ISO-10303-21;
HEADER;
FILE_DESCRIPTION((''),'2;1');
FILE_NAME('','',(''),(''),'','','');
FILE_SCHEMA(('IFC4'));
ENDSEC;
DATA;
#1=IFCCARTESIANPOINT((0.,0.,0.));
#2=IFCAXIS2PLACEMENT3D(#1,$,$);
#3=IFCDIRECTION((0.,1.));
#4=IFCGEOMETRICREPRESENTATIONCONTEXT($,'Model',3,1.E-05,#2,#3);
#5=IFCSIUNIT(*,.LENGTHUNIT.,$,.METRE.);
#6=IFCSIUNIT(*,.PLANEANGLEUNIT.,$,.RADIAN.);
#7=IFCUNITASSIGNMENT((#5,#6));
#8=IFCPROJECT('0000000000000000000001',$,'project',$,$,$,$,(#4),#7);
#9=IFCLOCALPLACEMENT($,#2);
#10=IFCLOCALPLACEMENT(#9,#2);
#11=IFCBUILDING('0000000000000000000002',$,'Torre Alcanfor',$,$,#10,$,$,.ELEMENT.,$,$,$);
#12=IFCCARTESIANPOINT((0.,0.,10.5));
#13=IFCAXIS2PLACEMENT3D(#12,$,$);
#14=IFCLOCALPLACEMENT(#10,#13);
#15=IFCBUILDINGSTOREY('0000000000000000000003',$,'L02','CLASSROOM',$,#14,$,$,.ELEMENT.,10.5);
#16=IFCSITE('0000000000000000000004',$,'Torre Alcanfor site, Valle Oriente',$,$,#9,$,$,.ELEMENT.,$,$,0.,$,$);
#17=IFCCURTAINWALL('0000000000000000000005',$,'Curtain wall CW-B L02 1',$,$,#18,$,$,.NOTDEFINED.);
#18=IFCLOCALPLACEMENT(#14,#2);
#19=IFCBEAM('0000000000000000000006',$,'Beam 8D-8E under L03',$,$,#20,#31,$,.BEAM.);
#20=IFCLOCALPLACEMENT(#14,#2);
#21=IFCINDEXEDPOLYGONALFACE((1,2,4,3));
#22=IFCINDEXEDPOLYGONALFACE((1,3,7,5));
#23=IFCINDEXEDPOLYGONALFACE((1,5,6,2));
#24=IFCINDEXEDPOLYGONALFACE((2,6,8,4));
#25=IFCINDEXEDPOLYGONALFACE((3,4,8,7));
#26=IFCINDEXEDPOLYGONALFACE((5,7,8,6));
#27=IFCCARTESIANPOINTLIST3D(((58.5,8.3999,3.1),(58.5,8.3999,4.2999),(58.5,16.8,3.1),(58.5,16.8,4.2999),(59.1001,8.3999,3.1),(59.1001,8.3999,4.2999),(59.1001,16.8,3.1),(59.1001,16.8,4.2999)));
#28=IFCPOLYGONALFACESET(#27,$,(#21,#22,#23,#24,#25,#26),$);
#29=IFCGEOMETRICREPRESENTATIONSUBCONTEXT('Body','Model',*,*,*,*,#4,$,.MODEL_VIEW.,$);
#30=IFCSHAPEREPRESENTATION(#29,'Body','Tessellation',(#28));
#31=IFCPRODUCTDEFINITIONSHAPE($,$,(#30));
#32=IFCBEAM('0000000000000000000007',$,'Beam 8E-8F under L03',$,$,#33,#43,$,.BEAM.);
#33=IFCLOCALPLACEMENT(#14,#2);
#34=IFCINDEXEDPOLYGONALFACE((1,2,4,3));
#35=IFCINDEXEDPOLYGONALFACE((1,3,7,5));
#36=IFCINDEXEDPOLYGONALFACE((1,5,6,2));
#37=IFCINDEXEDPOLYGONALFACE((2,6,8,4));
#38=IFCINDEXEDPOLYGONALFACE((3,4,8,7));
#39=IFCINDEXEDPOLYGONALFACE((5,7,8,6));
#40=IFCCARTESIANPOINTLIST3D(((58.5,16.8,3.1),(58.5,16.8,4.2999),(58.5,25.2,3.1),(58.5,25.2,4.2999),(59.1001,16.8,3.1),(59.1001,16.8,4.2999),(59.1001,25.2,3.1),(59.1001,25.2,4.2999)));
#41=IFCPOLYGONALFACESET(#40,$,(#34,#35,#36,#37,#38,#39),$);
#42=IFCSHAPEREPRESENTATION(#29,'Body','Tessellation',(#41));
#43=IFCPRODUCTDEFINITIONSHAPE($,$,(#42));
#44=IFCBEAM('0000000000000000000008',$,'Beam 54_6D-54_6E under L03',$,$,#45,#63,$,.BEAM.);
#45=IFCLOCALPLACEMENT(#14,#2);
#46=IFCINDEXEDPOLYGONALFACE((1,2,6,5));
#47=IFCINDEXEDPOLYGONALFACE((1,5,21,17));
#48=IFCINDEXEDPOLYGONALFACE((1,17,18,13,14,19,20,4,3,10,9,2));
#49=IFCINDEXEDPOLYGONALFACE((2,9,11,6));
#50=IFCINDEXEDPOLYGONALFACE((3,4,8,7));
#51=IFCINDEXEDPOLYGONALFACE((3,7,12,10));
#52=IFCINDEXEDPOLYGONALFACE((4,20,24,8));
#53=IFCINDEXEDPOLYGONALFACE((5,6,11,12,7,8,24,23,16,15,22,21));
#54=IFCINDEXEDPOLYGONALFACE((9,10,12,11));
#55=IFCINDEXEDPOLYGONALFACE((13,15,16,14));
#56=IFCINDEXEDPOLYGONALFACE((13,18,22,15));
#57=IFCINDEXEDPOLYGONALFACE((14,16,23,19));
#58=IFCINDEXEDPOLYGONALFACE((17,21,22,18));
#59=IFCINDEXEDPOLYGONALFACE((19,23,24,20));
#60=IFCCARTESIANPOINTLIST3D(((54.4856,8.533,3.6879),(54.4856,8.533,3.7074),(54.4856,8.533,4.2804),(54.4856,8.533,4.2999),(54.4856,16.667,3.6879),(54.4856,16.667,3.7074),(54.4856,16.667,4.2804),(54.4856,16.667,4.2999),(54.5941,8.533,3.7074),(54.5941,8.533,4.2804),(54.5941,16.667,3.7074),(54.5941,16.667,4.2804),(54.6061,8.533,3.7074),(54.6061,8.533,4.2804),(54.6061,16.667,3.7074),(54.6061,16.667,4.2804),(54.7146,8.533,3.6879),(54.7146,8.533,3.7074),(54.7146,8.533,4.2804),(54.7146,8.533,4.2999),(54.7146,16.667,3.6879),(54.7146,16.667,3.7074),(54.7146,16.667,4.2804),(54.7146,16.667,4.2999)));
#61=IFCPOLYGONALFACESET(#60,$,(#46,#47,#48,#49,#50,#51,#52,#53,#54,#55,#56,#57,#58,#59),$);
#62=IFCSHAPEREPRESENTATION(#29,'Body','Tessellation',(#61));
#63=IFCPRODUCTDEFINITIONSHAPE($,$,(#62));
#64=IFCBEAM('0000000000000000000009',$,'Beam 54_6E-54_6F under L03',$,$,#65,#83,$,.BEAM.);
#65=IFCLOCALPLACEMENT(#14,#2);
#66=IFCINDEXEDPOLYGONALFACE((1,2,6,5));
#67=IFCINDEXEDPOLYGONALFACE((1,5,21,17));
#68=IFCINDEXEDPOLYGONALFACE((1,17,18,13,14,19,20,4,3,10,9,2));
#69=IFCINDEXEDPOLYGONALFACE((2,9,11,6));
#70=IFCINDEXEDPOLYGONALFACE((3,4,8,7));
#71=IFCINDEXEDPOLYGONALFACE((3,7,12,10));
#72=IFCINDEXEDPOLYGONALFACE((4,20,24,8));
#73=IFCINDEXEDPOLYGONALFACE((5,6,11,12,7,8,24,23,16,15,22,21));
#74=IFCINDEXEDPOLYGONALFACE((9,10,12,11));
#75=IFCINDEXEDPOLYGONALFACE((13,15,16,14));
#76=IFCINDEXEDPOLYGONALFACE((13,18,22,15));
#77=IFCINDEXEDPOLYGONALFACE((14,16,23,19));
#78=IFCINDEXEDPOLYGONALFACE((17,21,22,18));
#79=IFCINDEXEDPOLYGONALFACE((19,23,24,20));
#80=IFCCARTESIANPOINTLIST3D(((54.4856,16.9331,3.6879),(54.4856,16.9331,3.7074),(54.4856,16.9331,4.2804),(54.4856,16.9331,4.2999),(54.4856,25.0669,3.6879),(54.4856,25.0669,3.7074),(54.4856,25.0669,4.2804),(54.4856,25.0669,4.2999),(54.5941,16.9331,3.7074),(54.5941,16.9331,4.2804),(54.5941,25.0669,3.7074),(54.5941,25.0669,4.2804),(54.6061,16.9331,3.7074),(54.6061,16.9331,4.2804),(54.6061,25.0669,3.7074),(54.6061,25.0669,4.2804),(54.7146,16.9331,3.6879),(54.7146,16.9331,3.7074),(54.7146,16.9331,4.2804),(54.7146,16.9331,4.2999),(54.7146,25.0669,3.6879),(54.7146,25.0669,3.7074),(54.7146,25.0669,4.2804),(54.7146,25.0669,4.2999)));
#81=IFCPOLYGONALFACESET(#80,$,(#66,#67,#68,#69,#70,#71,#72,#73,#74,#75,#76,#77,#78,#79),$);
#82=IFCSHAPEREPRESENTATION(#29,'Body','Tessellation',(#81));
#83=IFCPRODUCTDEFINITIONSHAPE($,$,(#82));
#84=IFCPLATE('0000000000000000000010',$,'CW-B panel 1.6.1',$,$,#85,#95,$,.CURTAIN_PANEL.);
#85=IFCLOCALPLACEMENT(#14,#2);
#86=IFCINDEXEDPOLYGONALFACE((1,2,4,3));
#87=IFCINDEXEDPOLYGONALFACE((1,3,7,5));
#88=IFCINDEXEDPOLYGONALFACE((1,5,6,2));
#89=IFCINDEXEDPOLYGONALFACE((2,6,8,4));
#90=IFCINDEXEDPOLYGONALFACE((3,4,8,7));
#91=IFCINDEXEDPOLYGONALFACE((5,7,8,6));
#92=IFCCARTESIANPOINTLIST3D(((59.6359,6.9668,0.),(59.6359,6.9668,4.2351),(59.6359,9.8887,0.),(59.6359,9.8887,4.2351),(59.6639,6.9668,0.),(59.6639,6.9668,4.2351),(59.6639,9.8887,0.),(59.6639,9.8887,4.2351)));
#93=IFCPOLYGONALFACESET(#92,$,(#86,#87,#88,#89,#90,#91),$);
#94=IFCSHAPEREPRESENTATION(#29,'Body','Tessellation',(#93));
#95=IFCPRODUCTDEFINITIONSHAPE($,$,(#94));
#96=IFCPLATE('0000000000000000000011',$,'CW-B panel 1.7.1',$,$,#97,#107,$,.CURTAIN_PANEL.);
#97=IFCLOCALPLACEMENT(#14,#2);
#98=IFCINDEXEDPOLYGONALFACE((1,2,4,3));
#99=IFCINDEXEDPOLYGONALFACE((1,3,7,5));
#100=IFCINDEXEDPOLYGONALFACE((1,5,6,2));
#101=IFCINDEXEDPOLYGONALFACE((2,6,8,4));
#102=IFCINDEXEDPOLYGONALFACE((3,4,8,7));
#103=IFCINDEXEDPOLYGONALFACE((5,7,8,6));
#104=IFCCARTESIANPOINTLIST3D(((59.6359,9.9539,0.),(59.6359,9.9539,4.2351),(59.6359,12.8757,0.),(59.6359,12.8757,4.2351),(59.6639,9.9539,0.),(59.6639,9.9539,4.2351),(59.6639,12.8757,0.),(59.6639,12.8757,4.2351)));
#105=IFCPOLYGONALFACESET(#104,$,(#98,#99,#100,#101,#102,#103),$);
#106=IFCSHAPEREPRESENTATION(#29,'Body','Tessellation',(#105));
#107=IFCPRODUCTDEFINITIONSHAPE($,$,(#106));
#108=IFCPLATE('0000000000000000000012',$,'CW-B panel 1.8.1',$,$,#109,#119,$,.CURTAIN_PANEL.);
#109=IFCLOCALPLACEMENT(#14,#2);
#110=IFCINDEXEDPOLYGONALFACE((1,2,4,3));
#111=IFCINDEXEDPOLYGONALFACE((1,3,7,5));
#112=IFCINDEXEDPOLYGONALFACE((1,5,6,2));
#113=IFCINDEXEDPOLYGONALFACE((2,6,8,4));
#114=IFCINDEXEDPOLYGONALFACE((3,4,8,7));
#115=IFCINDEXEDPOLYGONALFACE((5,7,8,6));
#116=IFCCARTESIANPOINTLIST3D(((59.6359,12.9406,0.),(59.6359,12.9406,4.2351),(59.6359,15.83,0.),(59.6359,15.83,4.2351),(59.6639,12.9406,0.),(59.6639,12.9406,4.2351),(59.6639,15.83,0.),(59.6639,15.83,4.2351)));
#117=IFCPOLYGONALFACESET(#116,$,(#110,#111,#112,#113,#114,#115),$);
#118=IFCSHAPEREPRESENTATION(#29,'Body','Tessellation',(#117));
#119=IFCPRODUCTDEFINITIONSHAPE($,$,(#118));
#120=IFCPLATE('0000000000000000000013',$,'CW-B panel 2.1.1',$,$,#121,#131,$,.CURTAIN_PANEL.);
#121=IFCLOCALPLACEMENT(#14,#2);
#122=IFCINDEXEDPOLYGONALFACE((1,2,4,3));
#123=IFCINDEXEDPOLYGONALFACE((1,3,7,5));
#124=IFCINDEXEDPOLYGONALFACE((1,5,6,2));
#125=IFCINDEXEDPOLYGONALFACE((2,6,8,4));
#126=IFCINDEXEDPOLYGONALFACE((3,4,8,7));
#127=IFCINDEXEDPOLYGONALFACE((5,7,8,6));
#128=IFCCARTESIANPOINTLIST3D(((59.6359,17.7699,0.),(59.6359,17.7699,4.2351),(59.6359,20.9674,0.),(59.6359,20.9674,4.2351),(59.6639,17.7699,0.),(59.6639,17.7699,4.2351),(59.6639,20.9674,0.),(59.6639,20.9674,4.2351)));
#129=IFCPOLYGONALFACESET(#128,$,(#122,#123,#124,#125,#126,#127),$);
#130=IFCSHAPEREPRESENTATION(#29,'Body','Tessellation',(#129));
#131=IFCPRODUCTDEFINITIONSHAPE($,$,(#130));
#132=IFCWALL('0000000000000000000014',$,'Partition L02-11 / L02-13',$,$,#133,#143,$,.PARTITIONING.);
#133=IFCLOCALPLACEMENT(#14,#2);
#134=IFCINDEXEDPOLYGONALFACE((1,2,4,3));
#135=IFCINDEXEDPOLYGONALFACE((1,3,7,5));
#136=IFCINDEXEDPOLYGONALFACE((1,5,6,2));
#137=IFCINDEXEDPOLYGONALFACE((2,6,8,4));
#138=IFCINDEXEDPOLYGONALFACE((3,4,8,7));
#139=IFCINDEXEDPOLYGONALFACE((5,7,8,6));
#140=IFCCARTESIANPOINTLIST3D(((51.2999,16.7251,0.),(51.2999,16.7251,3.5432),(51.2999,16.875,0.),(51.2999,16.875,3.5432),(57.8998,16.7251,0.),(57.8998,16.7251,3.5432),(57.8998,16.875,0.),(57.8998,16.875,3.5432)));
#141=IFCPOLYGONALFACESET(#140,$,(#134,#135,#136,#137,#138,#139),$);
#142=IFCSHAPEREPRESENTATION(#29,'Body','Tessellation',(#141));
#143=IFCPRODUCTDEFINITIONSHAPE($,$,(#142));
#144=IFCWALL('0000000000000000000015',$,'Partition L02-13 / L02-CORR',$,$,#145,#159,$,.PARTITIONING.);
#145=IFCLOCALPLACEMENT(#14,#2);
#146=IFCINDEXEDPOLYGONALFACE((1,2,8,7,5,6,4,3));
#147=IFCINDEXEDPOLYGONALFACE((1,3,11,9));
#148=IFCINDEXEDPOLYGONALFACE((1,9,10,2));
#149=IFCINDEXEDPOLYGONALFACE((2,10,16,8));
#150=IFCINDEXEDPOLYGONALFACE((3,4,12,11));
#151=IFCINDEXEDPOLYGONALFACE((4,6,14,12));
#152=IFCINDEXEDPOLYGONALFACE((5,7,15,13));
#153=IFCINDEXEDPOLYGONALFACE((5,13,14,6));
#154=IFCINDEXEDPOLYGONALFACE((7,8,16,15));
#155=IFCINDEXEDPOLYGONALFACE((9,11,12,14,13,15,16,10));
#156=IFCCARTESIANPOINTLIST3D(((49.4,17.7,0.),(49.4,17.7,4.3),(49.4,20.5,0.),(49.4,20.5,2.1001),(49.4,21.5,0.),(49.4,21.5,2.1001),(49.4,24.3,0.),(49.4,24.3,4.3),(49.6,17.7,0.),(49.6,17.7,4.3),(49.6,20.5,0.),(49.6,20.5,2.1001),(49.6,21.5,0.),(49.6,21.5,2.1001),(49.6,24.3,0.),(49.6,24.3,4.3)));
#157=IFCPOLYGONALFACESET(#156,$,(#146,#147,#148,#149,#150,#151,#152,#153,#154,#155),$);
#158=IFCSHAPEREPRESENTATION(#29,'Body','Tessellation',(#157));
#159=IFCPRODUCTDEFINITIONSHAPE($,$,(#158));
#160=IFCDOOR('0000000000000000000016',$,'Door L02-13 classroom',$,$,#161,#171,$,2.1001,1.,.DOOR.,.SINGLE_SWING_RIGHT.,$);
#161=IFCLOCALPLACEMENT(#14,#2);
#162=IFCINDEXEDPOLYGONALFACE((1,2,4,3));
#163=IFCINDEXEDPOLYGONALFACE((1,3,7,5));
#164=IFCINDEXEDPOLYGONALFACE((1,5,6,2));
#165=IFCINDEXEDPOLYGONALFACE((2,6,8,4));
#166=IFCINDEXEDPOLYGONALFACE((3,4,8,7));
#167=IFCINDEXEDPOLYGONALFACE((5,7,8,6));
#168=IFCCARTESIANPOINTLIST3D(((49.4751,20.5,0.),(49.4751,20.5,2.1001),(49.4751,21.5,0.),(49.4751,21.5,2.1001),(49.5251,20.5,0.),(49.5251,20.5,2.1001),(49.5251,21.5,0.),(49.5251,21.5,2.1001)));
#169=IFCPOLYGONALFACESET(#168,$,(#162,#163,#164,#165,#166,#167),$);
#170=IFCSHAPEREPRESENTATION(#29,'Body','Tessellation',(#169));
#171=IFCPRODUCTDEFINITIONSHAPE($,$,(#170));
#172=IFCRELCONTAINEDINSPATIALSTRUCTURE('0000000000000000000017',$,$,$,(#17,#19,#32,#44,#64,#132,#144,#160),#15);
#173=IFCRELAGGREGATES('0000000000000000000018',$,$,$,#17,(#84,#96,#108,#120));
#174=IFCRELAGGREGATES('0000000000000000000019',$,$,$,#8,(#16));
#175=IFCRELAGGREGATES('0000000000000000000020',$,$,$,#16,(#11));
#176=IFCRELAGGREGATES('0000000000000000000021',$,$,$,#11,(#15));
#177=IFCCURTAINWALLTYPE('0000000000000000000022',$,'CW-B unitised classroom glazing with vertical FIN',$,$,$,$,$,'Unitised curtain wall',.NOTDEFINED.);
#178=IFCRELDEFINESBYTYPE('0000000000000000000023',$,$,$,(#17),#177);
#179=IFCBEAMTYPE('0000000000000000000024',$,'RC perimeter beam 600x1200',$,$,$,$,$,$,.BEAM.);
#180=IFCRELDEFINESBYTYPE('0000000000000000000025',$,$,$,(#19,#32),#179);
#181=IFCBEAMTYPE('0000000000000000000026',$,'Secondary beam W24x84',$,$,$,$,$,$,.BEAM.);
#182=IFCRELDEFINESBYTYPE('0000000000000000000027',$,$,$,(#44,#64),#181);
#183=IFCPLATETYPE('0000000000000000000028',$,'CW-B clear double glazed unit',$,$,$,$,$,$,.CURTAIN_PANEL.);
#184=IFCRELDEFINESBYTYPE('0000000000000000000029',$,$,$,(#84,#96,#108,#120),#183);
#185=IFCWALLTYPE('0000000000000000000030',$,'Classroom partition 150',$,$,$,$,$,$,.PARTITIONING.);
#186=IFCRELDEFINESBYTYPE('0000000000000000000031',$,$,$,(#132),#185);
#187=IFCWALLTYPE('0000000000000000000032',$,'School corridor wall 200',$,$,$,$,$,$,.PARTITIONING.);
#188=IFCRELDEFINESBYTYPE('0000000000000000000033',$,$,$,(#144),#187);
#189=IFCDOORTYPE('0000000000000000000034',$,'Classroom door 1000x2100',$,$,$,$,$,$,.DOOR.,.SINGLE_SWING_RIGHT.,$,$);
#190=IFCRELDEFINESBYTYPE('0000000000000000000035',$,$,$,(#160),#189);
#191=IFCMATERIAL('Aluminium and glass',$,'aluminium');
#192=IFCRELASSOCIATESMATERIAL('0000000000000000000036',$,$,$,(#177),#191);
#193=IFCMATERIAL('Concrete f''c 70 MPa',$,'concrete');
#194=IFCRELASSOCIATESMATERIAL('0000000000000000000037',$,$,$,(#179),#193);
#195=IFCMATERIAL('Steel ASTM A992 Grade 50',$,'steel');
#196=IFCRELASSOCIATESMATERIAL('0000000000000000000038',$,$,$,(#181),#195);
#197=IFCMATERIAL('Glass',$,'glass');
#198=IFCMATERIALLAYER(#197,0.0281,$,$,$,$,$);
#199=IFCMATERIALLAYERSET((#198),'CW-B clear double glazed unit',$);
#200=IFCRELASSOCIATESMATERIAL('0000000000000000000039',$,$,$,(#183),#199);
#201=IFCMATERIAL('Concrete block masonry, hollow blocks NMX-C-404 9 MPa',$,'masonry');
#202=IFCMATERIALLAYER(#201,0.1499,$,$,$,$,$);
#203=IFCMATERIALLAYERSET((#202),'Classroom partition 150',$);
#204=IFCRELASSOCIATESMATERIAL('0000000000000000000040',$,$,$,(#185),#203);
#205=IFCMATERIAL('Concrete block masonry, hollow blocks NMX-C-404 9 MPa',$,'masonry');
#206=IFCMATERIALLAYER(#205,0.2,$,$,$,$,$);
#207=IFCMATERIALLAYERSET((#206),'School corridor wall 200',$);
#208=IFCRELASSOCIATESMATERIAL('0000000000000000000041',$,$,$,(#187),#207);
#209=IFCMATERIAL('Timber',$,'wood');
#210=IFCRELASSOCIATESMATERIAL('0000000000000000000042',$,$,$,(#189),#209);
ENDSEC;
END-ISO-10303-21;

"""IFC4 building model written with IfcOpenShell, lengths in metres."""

from ifc_helpers import new_model, si_unit, direction, frame, frame_2d, origin, origin_2d, place, context, subcontext, project, spatial, rectangle, i_section, extrude, material, layer, layer_set, material_profile, profile_set, type_object, element, fill, aggregate, save


model = new_model("IFC4")

# Units and contexts
model_context = context("Model", 3, precision=1e-05, world=origin(), true_north=direction((0.0, 1.0)))
body_context = subcontext(model_context, "Body", "Model", "MODEL_VIEW")
ifc_project = project(units=[si_unit("LENGTHUNIT", "METRE"), si_unit("PLANEANGLEUNIT", "RADIAN")], contexts=[model_context])

# Site, building, storey
site_placement = place(None, origin())
site = spatial("IfcSite", under=ifc_project, at=site_placement, Name="Torre Alcanfor site, Valle Oriente", CompositionType="ELEMENT", RefElevation=0.0)
building_placement = place(site_placement, origin())
building = spatial("IfcBuilding", under=site, at=building_placement, Name="Torre Alcanfor", CompositionType="ELEMENT")
storey_placement = place(building_placement, frame((0.0, 0.0, 10.5)))
storey = spatial("IfcBuildingStorey", under=building, at=storey_placement, Name="L02", Description="CLASSROOM", CompositionType="ELEMENT", Elevation=10.5)

# Curtain wall
ifc_material_1 = material(Name="Aluminium and glass", Category="aluminium")
curtain_wall_type = type_object("IfcCurtainWallType", Name="CW-B unitised classroom glazing with vertical FIN", ElementType="Unitised curtain wall", PredefinedType="NOTDEFINED", material=ifc_material_1)
curtain_wall_placement = place(storey_placement, origin())
curtain_wall = element("IfcCurtainWall", 1, at=curtain_wall_placement, inside=storey, type_object=curtain_wall_type, Name="Curtain wall CW-B L02 1", PredefinedType="NOTDEFINED")

# Beams
ifc_material_2 = material(Name="Concrete f'c 70 MPa", Category="concrete")
ifc_material_profile_1 = material_profile(ifc_material_2, rectangle(XDim=0.6001, YDim=1.2, at=origin_2d()), Name="600x1200")
ifc_profile_set_1 = profile_set([ifc_material_profile_1], Name="Concrete f'c 70 MPa")
beam_type_1 = type_object("IfcBeamType", Name="RC perimeter beam 600x1200", PredefinedType="BEAM", material=ifc_profile_set_1)
beam_1_placement = place(storey_placement, frame((58.8, 8.3999, 3.7), z_axis=(0.0, 1.0, 0.0), x_axis=(-1.0, 0.0, 0.0)))
element("IfcBeam", 2, at=beam_1_placement, inside=storey, type_object=beam_type_1, Name="Beam 8D-8E under L03", PredefinedType="BEAM", context=body_context, shape_type="SweptSolid", body=[
    extrude(rectangle(XDim=0.6001, YDim=1.2, at=origin_2d()), origin(), (0.0, 0.0, 1.0), 8.4001),
])
beam_2_placement = place(storey_placement, frame((58.8, 16.8, 3.7), z_axis=(0.0, 1.0, 0.0), x_axis=(-1.0, 0.0, 0.0)))
element("IfcBeam", 3, at=beam_2_placement, inside=storey, type_object=beam_type_1, Name="Beam 8E-8F under L03", PredefinedType="BEAM", context=body_context, shape_type="SweptSolid", body=[
    extrude(rectangle(XDim=0.6001, YDim=1.2, at=origin_2d()), origin(), (0.0, 0.0, 1.0), 8.3999),
])
ifc_material_3 = material(Name="Steel ASTM A992 Grade 50", Category="steel")
ifc_material_profile_2 = material_profile(ifc_material_3, i_section(OverallWidth=0.229, OverallDepth=0.6121, WebThickness=0.012, FlangeThickness=0.0195, at=origin_2d()), Name="W24x84")
ifc_profile_set_2 = profile_set([ifc_material_profile_2], Name="Steel ASTM A992 Grade 50")
beam_type_2 = type_object("IfcBeamType", Name="Secondary beam W24x84", PredefinedType="BEAM", material=ifc_profile_set_2)
beam_3_placement = place(storey_placement, frame((54.6001, 8.533, 3.9939), z_axis=(0.0, 1.0, 0.0), x_axis=(-1.0, 0.0, 0.0)))
element("IfcBeam", 4, at=beam_3_placement, inside=storey, type_object=beam_type_2, Name="Beam 54_6D-54_6E under L03", PredefinedType="BEAM", context=body_context, shape_type="SweptSolid", body=[
    extrude(i_section(OverallWidth=0.229, OverallDepth=0.6121, WebThickness=0.012, FlangeThickness=0.0195, at=origin_2d()), origin(), (0.0, 0.0, 1.0), 8.134),
])
beam_4_placement = place(storey_placement, frame((54.6001, 16.9331, 3.9939), z_axis=(0.0, 1.0, 0.0), x_axis=(-1.0, 0.0, 0.0)))
element("IfcBeam", 5, at=beam_4_placement, inside=storey, type_object=beam_type_2, Name="Beam 54_6E-54_6F under L03", PredefinedType="BEAM", context=body_context, shape_type="SweptSolid", body=[
    extrude(i_section(OverallWidth=0.229, OverallDepth=0.6121, WebThickness=0.012, FlangeThickness=0.0195, at=origin_2d()), origin(), (0.0, 0.0, 1.0), 8.1338),
])

# Plates
ifc_material_4 = material(Name="Glass", Category="glass")
ifc_layer_1 = layer(ifc_material_4, 0.0281)
ifc_layer_set_1 = layer_set([ifc_layer_1], Name="CW-B clear double glazed unit")
plate_type = type_object("IfcPlateType", Name="CW-B clear double glazed unit", PredefinedType="CURTAIN_PANEL", material=ifc_layer_set_1)
plate_1_placement = place(storey_placement, frame((59.6499, 8.4277, 0.0), z_axis=(0.0, 0.0, 1.0), x_axis=(0.0, 1.0, 0.0)))
plate_1 = element("IfcPlate", 6, at=plate_1_placement, type_object=plate_type, Name="CW-B panel 1.6.1", PredefinedType="CURTAIN_PANEL", context=body_context, shape_type="SweptSolid", body=[
    extrude(rectangle(XDim=2.9219, YDim=0.0281, at=origin_2d()), origin(), (0.0, 0.0, 1.0), 4.2351),
])
plate_2_placement = place(storey_placement, frame((59.6499, 11.4148, 0.0), z_axis=(0.0, 0.0, 1.0), x_axis=(0.0, 1.0, 0.0)))
plate_2 = element("IfcPlate", 7, at=plate_2_placement, type_object=plate_type, Name="CW-B panel 1.7.1", PredefinedType="CURTAIN_PANEL", context=body_context, shape_type="SweptSolid", body=[
    extrude(rectangle(XDim=2.9219, YDim=0.0281, at=origin_2d()), origin(), (0.0, 0.0, 1.0), 4.2351),
])
plate_3_placement = place(storey_placement, frame((59.6499, 14.3853, 0.0), z_axis=(0.0, 0.0, 1.0), x_axis=(0.0, 1.0, 0.0)))
plate_3 = element("IfcPlate", 8, at=plate_3_placement, type_object=plate_type, Name="CW-B panel 1.8.1", PredefinedType="CURTAIN_PANEL", context=body_context, shape_type="SweptSolid", body=[
    extrude(rectangle(XDim=2.8894, YDim=0.0281, at=origin_2d()), origin(), (0.0, 0.0, 1.0), 4.2351),
])
plate_4_placement = place(storey_placement, frame((59.6499, 19.3687, 0.0), z_axis=(0.0, 0.0, 1.0), x_axis=(0.0, 1.0, 0.0)))
plate_4 = element("IfcPlate", 9, at=plate_4_placement, type_object=plate_type, Name="CW-B panel 2.1.1", PredefinedType="CURTAIN_PANEL", context=body_context, shape_type="SweptSolid", body=[
    extrude(rectangle(XDim=3.1975, YDim=0.0281, at=origin_2d()), origin(), (0.0, 0.0, 1.0), 4.2351),
])
aggregate(curtain_wall, [plate_1, plate_2, plate_3, plate_4])

# Wall
ifc_material_5 = material(Name="Concrete block masonry, hollow blocks NMX-C-404 9 MPa", Category="masonry")
ifc_layer_2 = layer(ifc_material_5, 0.1499)
ifc_layer_set_2 = layer_set([ifc_layer_2], Name="Classroom partition 150")
wall_type_1 = type_object("IfcWallType", Name="Classroom partition 150", PredefinedType="PARTITIONING", material=ifc_layer_set_2)
wall_1_placement = place(storey_placement, frame((51.3, 16.8, 0.0), z_axis=(0.0, 0.0, 1.0), x_axis=(1.0, 0.0, 0.0)))
element("IfcWall", 10, at=wall_1_placement, inside=storey, type_object=wall_type_1, Name="Partition L02-11 / L02-13", PredefinedType="PARTITIONING", context=body_context, shape_type="SweptSolid", body=[
    extrude(rectangle(XDim=6.5999, YDim=0.1499, at=frame_2d((3.2998, 0.0))), origin(), (0.0, 0.0, 1.0), 3.5432),
])

# Wall, opening, door
ifc_material_6 = material(Name="Concrete block masonry, hollow blocks NMX-C-404 9 MPa", Category="masonry")
ifc_layer_3 = layer(ifc_material_6, 0.2)
ifc_layer_set_3 = layer_set([ifc_layer_3], Name="School corridor wall 200")
wall_type_2 = type_object("IfcWallType", Name="School corridor wall 200", PredefinedType="PARTITIONING", material=ifc_layer_set_3)
wall_2_placement = place(storey_placement, frame((49.5, 17.7, 0.0), z_axis=(0.0, 0.0, 1.0), x_axis=(0.0, 1.0, 0.0)))
wall_2 = element("IfcWall", 11, at=wall_2_placement, inside=storey, type_object=wall_type_2, Name="Partition L02-13 / L02-CORR", PredefinedType="PARTITIONING", context=body_context, shape_type="SweptSolid", body=[
    extrude(rectangle(XDim=6.6001, YDim=0.2, at=frame_2d((3.3, 0.0))), origin(), (0.0, 0.0, 1.0), 4.3),
])
opening_1_placement = place(wall_2_placement, frame((2.8, 0.0, 0.0)))
opening_1 = element("IfcOpeningElement", 12, at=opening_1_placement, cuts=wall_2, PredefinedType="OPENING", context=body_context, shape_type="SweptSolid", body=[
    extrude(rectangle(XDim=1.0, YDim=2.1001, at=frame_2d((0.5, 1.05))), frame((0.0, 0.1099, 0.0), z_axis=(0.0, -1.0, 0.0), x_axis=(1.0, 0.0, 0.0)), (0.0, 0.0, 1.0), 0.22),
])
ifc_material_7 = material(Name="Timber", Category="wood")
door_type = type_object("IfcDoorType", Name="Classroom door 1000x2100", OperationType="SINGLE_SWING_RIGHT", PredefinedType="DOOR", material=ifc_material_7)
door_1_placement = place(opening_1_placement, frame((1.0, 0.0, 0.0), z_axis=(0.0, 0.0, 1.0), x_axis=(-1.0, 0.0, 0.0)))
door_1 = element("IfcDoor", 13, at=door_1_placement, inside=storey, type_object=door_type, Name="Door L02-13 classroom", OperationType="SINGLE_SWING_RIGHT", OverallHeight=2.1001, OverallWidth=1.0, PredefinedType="DOOR", context=body_context, shape_type="SweptSolid", body=[
    extrude(rectangle(XDim=1.0, YDim=2.1001, at=frame_2d((0.5, 1.05))), frame((0.0, 0.0251, 0.0), z_axis=(0.0, -1.0, 0.0), x_axis=(1.0, 0.0, 0.0)), (0.0, 0.0, 1.0), 0.05),
])
fill(opening_1, door_1)

save(model, "model.ifc")
